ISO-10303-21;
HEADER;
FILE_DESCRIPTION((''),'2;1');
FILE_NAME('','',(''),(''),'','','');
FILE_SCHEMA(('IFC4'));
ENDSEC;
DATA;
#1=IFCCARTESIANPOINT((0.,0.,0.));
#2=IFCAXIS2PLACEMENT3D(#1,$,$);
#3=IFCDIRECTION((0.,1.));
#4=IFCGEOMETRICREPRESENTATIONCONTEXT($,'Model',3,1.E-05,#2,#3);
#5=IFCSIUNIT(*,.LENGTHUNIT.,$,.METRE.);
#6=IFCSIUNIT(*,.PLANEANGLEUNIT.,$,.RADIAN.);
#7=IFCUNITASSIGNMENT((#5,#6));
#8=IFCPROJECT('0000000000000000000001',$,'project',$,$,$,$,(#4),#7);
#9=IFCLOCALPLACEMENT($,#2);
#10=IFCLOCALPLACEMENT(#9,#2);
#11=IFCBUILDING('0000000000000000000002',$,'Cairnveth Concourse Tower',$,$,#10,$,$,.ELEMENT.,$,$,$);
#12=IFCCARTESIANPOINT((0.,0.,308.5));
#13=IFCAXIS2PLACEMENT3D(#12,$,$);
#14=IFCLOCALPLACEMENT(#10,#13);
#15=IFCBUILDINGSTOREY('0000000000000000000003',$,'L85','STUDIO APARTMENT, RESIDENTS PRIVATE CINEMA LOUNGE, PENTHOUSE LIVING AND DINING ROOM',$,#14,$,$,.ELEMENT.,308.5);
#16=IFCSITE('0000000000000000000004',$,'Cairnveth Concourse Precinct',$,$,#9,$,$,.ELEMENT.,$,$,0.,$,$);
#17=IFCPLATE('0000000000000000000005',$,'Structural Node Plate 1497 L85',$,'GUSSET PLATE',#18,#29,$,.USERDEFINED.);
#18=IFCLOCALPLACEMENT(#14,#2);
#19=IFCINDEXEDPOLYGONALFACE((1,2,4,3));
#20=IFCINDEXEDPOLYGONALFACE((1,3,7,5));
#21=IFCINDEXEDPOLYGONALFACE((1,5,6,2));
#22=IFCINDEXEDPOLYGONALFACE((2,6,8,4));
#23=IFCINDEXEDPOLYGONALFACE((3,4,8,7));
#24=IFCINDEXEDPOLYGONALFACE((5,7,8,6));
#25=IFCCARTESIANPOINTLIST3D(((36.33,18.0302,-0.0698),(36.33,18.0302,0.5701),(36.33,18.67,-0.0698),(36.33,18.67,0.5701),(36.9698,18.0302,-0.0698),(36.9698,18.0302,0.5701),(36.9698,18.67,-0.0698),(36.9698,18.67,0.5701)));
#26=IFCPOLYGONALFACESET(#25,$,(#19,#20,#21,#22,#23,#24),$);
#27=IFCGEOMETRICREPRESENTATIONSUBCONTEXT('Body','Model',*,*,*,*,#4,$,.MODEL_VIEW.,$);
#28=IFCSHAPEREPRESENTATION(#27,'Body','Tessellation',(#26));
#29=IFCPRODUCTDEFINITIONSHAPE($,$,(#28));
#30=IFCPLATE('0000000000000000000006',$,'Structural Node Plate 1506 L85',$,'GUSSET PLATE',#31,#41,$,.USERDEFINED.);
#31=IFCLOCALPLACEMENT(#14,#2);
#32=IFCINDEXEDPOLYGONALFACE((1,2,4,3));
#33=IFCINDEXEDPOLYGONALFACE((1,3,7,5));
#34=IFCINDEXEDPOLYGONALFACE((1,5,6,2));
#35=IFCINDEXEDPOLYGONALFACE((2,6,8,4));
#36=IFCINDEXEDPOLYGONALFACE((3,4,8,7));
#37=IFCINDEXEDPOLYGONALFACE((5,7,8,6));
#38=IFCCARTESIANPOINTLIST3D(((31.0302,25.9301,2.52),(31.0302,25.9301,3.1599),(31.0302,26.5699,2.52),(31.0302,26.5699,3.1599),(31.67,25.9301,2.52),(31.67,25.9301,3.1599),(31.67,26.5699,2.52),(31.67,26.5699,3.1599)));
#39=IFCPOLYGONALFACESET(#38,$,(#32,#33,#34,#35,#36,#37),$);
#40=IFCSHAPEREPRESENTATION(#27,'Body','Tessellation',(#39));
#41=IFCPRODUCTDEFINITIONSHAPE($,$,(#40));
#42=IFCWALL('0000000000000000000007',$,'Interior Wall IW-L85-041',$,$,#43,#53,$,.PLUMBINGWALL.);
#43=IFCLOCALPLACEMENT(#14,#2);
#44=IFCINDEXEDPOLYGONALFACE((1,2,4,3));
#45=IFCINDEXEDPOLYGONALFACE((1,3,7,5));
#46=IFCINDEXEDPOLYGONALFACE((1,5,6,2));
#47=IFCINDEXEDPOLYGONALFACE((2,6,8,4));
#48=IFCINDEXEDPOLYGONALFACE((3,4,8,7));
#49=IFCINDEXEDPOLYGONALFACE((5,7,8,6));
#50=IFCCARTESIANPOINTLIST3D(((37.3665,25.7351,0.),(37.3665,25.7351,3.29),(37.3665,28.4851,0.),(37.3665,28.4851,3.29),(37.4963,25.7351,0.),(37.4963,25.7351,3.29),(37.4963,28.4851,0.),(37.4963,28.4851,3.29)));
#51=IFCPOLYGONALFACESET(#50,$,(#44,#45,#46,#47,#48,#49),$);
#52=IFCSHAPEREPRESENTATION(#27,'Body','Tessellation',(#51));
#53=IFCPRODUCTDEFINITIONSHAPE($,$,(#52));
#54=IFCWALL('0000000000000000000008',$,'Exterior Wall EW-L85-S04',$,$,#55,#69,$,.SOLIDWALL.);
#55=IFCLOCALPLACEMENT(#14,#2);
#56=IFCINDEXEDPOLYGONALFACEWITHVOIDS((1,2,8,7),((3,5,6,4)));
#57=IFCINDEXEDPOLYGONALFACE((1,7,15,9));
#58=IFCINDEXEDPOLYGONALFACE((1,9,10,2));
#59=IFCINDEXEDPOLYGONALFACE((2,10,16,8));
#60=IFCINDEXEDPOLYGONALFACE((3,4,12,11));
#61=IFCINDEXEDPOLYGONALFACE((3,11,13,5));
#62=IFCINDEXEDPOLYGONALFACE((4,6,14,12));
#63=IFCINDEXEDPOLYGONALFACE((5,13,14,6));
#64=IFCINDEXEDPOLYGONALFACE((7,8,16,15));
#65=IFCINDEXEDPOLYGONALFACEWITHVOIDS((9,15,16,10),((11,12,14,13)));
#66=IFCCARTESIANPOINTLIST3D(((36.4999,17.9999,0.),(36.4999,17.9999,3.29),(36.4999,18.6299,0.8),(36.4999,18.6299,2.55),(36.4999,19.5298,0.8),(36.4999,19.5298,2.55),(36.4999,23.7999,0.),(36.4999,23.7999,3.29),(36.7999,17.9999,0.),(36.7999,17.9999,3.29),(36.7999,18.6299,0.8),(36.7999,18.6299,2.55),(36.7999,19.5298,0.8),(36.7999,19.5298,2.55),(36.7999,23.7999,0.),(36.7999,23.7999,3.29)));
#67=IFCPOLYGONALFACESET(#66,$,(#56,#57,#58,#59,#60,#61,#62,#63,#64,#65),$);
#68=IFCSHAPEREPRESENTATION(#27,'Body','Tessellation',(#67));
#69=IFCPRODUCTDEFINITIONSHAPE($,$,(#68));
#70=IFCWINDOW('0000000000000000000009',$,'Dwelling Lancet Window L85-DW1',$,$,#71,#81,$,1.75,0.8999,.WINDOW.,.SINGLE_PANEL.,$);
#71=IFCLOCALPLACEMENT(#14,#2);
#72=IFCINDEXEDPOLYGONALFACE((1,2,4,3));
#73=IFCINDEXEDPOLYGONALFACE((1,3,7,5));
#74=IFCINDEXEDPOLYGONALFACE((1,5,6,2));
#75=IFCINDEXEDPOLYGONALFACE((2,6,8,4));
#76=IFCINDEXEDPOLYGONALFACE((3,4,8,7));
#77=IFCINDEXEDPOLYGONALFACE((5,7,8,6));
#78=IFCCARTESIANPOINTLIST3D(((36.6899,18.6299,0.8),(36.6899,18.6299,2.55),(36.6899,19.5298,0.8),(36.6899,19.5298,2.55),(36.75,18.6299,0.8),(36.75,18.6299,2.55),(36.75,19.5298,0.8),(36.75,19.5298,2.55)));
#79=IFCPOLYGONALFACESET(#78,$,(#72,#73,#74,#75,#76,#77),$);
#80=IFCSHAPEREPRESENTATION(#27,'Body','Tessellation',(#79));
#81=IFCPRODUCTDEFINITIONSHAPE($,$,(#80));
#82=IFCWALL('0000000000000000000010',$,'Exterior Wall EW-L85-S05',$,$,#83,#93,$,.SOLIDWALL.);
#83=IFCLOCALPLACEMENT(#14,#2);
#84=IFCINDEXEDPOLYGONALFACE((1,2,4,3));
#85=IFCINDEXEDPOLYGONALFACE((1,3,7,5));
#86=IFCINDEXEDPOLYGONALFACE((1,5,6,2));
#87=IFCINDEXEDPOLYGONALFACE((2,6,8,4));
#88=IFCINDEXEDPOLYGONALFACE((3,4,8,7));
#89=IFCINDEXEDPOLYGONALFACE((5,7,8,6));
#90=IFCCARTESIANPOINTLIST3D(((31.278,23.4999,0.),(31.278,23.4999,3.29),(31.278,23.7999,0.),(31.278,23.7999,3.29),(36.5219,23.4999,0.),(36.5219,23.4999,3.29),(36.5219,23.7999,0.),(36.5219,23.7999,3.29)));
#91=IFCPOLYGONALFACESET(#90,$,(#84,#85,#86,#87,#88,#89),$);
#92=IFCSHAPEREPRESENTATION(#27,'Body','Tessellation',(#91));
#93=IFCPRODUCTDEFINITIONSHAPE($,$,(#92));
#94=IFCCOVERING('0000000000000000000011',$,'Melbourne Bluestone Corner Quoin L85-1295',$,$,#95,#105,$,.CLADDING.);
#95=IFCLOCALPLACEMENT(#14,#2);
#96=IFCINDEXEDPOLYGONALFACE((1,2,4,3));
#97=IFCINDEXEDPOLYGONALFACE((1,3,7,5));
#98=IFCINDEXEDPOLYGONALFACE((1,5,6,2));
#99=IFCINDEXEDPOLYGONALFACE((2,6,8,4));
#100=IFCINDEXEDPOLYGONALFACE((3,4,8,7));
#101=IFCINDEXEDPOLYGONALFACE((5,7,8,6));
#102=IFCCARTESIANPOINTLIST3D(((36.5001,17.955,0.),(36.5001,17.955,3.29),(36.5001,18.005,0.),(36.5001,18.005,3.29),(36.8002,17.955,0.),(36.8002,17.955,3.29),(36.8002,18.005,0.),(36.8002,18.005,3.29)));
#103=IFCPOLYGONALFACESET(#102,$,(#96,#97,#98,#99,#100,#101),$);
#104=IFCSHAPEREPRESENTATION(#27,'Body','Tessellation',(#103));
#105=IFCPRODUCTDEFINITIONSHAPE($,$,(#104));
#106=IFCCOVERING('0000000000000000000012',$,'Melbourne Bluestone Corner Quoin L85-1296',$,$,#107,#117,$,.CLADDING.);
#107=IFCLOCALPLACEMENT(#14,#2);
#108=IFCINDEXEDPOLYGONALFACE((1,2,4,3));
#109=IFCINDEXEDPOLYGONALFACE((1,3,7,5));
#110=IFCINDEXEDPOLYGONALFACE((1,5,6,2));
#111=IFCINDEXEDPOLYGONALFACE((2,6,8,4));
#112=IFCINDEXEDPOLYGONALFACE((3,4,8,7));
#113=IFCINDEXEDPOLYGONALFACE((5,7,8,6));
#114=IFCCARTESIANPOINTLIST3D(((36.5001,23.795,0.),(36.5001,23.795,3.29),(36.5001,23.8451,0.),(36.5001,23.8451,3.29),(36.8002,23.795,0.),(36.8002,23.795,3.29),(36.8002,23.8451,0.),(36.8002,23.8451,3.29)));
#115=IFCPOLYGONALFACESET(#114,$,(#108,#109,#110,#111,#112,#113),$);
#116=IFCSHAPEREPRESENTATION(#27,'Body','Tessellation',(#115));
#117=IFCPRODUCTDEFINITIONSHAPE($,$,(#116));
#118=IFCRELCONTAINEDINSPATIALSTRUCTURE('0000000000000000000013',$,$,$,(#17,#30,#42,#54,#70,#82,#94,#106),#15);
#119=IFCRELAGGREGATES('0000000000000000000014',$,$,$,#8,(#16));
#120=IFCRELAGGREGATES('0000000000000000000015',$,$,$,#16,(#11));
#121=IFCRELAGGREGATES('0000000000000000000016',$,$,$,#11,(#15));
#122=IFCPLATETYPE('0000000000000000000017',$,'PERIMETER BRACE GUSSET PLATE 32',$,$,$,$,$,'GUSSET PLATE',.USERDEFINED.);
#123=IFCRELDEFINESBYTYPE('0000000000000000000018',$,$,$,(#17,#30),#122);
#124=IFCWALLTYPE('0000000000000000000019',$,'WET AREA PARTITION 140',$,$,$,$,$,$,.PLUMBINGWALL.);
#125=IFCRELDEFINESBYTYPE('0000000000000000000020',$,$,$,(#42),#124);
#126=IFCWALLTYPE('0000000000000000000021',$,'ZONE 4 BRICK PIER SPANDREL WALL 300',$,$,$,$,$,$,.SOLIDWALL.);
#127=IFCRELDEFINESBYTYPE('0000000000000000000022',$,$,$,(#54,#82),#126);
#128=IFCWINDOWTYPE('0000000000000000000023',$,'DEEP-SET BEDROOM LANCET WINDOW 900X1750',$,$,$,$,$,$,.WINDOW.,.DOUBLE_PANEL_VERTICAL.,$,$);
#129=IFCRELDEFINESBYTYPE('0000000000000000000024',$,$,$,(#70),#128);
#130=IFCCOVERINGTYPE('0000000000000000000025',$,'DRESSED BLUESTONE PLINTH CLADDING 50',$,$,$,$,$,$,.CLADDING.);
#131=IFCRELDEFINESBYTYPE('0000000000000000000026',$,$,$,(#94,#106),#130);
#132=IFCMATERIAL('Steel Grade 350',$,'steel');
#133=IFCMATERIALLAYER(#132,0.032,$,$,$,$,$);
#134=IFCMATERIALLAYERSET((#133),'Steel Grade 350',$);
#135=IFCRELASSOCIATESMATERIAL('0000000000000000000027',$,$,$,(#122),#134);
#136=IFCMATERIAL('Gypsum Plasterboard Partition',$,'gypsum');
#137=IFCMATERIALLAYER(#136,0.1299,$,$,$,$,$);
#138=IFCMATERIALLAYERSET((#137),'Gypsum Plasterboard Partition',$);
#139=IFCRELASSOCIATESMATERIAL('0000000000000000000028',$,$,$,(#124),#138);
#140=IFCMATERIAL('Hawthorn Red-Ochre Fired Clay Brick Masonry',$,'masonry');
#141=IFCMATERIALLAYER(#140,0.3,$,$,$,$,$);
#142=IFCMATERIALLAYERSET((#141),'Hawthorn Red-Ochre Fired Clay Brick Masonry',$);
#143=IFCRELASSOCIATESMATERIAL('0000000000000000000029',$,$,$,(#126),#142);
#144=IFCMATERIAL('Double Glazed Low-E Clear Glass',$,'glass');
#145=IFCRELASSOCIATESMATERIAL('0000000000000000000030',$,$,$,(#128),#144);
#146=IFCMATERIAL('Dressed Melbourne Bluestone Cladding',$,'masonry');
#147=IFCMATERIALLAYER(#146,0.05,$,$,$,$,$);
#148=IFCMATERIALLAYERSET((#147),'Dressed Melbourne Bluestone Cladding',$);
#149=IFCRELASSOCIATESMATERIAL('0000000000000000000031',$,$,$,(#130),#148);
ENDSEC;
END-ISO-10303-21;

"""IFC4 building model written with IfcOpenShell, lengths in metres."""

from ifc_helpers import new_model, si_unit, direction, frame, frame_2d, origin, origin_2d, place, context, subcontext, project, spatial, rectangle, extrude, material, layer, layer_set, type_object, element, fill, save


model = new_model("IFC4")

# Units and contexts
model_context = context("Model", 3, precision=1e-05, world=origin(), true_north=direction((0.0, 1.0)))
body_context = subcontext(model_context, "Body", "Model", "MODEL_VIEW")
ifc_project = project(units=[si_unit("LENGTHUNIT", "METRE"), si_unit("PLANEANGLEUNIT", "RADIAN")], contexts=[model_context])

# Site, building, storey
site_placement = place(None, origin())
site = spatial("IfcSite", under=ifc_project, at=site_placement, Name="Cairnveth Concourse Precinct", CompositionType="ELEMENT", RefElevation=0.0)
building_placement = place(site_placement, origin())
building = spatial("IfcBuilding", under=site, at=building_placement, Name="Cairnveth Concourse Tower", CompositionType="ELEMENT")
storey_placement = place(building_placement, frame((0.0, 0.0, 308.5)))
storey = spatial("IfcBuildingStorey", under=building, at=storey_placement, Name="L85", Description="STUDIO APARTMENT, RESIDENTS PRIVATE CINEMA LOUNGE, PENTHOUSE LIVING AND DINING ROOM", CompositionType="ELEMENT", Elevation=308.5)

# Shared definitions
ifc_material_1 = material(Name="Steel Grade 350", Category="steel")

# Plates
ifc_layer_1 = layer(ifc_material_1, 0.032)
ifc_layer_set_1 = layer_set([ifc_layer_1], Name="Steel Grade 350")
plate_type = type_object("IfcPlateType", Name="PERIMETER BRACE GUSSET PLATE 32", ElementType="GUSSET PLATE", PredefinedType="USERDEFINED", material=ifc_layer_set_1)
for number, where, z_axis, x_axis, name in (
    (1, (36.6499, 18.3501, -0.0698), (0.0, 0.0, 1.0), (1.0, 0.0, 0.0), "Structural Node Plate 1497 L85"),
    (2, (31.3501, 26.25, 2.52), (0.0, 0.0, 1.0), (1.0, 0.0, 0.0), "Structural Node Plate 1506 L85"),
):
    element("IfcPlate", number, at=place(storey_placement, frame(where, z_axis=z_axis, x_axis=x_axis)), inside=storey, type_object=plate_type, Name=name, ObjectType="GUSSET PLATE", PredefinedType="USERDEFINED", context=body_context, shape_type="SweptSolid", body=[
        extrude(rectangle(XDim=0.6399, YDim=0.6399, at=origin_2d()), origin(), (0.0, 0.0, 1.0), 0.6399),
    ])

# Wall
ifc_material_2 = material(Name="Gypsum Plasterboard Partition", Category="gypsum")
ifc_layer_2 = layer(ifc_material_2, 0.1299)
ifc_layer_set_2 = layer_set([ifc_layer_2], Name="Gypsum Plasterboard Partition")
wall_type_1 = type_object("IfcWallType", Name="WET AREA PARTITION 140", PredefinedType="PLUMBINGWALL", material=ifc_layer_set_2)
wall_1_placement = place(storey_placement, frame((37.4314, 25.7351, 0.0), z_axis=(0.0, 0.0, 1.0), x_axis=(0.0, 1.0, 0.0)))
element("IfcWall", 3, at=wall_1_placement, inside=storey, type_object=wall_type_1, Name="Interior Wall IW-L85-041", PredefinedType="PLUMBINGWALL", context=body_context, shape_type="SweptSolid", body=[
    extrude(rectangle(XDim=2.75, YDim=0.1299, at=frame_2d((1.375, 0.0))), origin(), (0.0, 0.0, 1.0), 3.29),
])

# Wall, opening, window
ifc_material_3 = material(Name="Hawthorn Red-Ochre Fired Clay Brick Masonry", Category="masonry")
ifc_layer_3 = layer(ifc_material_3, 0.3)
ifc_layer_set_3 = layer_set([ifc_layer_3], Name="Hawthorn Red-Ochre Fired Clay Brick Masonry")
wall_type_2 = type_object("IfcWallType", Name="ZONE 4 BRICK PIER SPANDREL WALL 300", PredefinedType="SOLIDWALL", material=ifc_layer_set_3)
wall_2_placement = place(storey_placement, frame((36.6499, 18.0, 0.0), z_axis=(0.0, 0.0, 1.0), x_axis=(0.0, 1.0, 0.0)))
wall_2 = element("IfcWall", 4, at=wall_2_placement, inside=storey, type_object=wall_type_2, Name="Exterior Wall EW-L85-S04", PredefinedType="SOLIDWALL", context=body_context, shape_type="SweptSolid", body=[
    extrude(rectangle(XDim=5.8, YDim=0.3, at=frame_2d((2.8999, 0.0))), origin(), (0.0, 0.0, 1.0), 3.29),
])
opening_placement = place(wall_2_placement, frame((0.6299, 0.0, 0.8)))
opening = element("IfcOpeningElement", 5, at=opening_placement, cuts=wall_2, PredefinedType="OPENING", context=body_context, shape_type="SweptSolid", body=[
    extrude(rectangle(XDim=0.8999, YDim=1.75, at=frame_2d((0.45, 0.875))), frame((0.0, 0.1599, 0.0), z_axis=(0.0, -1.0, 0.0), x_axis=(1.0, 0.0, 0.0)), (0.0, 0.0, 1.0), 0.3201),
])
ifc_material_4 = material(Name="Double Glazed Low-E Clear Glass", Category="glass")
window_type = type_object("IfcWindowType", Name="DEEP-SET BEDROOM LANCET WINDOW 900X1750", PartitioningType="DOUBLE_PANEL_VERTICAL", PredefinedType="WINDOW", material=ifc_material_4)
window_placement = place(opening_placement, origin())
window = element("IfcWindow", 6, at=window_placement, inside=storey, type_object=window_type, Name="Dwelling Lancet Window L85-DW1", OverallHeight=1.75, OverallWidth=0.8999, PartitioningType="SINGLE_PANEL", PredefinedType="WINDOW", context=body_context, shape_type="SweptSolid", body=[
    extrude(rectangle(XDim=0.8999, YDim=1.75, at=frame_2d((0.45, 0.875))), frame((0.0, -0.04, 0.0), z_axis=(0.0, -1.0, 0.0), x_axis=(1.0, 0.0, 0.0)), (0.0, 0.0, 1.0), 0.0601),
])
fill(opening, window)

# Wall
wall_3_placement = place(storey_placement, frame((36.522, 23.6499, 0.0), z_axis=(0.0, 0.0, 1.0), x_axis=(-1.0, 0.0, 0.0)))
element("IfcWall", 7, at=wall_3_placement, inside=storey, type_object=wall_type_2, Name="Exterior Wall EW-L85-S05", PredefinedType="SOLIDWALL", context=body_context, shape_type="SweptSolid", body=[
    extrude(rectangle(XDim=5.2439, YDim=0.3, at=frame_2d((2.6221, 0.0))), origin(), (0.0, 0.0, 1.0), 3.29),
])

# Coverings
ifc_material_5 = material(Name="Dressed Melbourne Bluestone Cladding", Category="masonry")
ifc_layer_4 = layer(ifc_material_5, 0.05)
ifc_layer_set_4 = layer_set([ifc_layer_4], Name="Dressed Melbourne Bluestone Cladding")
covering_type = type_object("IfcCoveringType", Name="DRESSED BLUESTONE PLINTH CLADDING 50", PredefinedType="CLADDING", material=ifc_layer_set_4)
for number, where, z_axis, x_axis, name in (
    (8, (36.8, 17.98, 0.0), (0.0, 0.0, 1.0), (-1.0, 0.0, 0.0), "Melbourne Bluestone Corner Quoin L85-1295"),
    (9, (36.8, 23.8201, 0.0), (0.0, 0.0, 1.0), (-1.0, 0.0, 0.0), "Melbourne Bluestone Corner Quoin L85-1296"),
):
    element("IfcCovering", number, at=place(storey_placement, frame(where, z_axis=z_axis, x_axis=x_axis)), inside=storey, type_object=covering_type, Name=name, PredefinedType="CLADDING", context=body_context, shape_type="SweptSolid", body=[
        extrude(rectangle(XDim=0.3, YDim=0.05, at=frame_2d((0.1499, 0.0))), origin(), (0.0, 0.0, 1.0), 3.29),
    ])

save(model, "model.ifc")
